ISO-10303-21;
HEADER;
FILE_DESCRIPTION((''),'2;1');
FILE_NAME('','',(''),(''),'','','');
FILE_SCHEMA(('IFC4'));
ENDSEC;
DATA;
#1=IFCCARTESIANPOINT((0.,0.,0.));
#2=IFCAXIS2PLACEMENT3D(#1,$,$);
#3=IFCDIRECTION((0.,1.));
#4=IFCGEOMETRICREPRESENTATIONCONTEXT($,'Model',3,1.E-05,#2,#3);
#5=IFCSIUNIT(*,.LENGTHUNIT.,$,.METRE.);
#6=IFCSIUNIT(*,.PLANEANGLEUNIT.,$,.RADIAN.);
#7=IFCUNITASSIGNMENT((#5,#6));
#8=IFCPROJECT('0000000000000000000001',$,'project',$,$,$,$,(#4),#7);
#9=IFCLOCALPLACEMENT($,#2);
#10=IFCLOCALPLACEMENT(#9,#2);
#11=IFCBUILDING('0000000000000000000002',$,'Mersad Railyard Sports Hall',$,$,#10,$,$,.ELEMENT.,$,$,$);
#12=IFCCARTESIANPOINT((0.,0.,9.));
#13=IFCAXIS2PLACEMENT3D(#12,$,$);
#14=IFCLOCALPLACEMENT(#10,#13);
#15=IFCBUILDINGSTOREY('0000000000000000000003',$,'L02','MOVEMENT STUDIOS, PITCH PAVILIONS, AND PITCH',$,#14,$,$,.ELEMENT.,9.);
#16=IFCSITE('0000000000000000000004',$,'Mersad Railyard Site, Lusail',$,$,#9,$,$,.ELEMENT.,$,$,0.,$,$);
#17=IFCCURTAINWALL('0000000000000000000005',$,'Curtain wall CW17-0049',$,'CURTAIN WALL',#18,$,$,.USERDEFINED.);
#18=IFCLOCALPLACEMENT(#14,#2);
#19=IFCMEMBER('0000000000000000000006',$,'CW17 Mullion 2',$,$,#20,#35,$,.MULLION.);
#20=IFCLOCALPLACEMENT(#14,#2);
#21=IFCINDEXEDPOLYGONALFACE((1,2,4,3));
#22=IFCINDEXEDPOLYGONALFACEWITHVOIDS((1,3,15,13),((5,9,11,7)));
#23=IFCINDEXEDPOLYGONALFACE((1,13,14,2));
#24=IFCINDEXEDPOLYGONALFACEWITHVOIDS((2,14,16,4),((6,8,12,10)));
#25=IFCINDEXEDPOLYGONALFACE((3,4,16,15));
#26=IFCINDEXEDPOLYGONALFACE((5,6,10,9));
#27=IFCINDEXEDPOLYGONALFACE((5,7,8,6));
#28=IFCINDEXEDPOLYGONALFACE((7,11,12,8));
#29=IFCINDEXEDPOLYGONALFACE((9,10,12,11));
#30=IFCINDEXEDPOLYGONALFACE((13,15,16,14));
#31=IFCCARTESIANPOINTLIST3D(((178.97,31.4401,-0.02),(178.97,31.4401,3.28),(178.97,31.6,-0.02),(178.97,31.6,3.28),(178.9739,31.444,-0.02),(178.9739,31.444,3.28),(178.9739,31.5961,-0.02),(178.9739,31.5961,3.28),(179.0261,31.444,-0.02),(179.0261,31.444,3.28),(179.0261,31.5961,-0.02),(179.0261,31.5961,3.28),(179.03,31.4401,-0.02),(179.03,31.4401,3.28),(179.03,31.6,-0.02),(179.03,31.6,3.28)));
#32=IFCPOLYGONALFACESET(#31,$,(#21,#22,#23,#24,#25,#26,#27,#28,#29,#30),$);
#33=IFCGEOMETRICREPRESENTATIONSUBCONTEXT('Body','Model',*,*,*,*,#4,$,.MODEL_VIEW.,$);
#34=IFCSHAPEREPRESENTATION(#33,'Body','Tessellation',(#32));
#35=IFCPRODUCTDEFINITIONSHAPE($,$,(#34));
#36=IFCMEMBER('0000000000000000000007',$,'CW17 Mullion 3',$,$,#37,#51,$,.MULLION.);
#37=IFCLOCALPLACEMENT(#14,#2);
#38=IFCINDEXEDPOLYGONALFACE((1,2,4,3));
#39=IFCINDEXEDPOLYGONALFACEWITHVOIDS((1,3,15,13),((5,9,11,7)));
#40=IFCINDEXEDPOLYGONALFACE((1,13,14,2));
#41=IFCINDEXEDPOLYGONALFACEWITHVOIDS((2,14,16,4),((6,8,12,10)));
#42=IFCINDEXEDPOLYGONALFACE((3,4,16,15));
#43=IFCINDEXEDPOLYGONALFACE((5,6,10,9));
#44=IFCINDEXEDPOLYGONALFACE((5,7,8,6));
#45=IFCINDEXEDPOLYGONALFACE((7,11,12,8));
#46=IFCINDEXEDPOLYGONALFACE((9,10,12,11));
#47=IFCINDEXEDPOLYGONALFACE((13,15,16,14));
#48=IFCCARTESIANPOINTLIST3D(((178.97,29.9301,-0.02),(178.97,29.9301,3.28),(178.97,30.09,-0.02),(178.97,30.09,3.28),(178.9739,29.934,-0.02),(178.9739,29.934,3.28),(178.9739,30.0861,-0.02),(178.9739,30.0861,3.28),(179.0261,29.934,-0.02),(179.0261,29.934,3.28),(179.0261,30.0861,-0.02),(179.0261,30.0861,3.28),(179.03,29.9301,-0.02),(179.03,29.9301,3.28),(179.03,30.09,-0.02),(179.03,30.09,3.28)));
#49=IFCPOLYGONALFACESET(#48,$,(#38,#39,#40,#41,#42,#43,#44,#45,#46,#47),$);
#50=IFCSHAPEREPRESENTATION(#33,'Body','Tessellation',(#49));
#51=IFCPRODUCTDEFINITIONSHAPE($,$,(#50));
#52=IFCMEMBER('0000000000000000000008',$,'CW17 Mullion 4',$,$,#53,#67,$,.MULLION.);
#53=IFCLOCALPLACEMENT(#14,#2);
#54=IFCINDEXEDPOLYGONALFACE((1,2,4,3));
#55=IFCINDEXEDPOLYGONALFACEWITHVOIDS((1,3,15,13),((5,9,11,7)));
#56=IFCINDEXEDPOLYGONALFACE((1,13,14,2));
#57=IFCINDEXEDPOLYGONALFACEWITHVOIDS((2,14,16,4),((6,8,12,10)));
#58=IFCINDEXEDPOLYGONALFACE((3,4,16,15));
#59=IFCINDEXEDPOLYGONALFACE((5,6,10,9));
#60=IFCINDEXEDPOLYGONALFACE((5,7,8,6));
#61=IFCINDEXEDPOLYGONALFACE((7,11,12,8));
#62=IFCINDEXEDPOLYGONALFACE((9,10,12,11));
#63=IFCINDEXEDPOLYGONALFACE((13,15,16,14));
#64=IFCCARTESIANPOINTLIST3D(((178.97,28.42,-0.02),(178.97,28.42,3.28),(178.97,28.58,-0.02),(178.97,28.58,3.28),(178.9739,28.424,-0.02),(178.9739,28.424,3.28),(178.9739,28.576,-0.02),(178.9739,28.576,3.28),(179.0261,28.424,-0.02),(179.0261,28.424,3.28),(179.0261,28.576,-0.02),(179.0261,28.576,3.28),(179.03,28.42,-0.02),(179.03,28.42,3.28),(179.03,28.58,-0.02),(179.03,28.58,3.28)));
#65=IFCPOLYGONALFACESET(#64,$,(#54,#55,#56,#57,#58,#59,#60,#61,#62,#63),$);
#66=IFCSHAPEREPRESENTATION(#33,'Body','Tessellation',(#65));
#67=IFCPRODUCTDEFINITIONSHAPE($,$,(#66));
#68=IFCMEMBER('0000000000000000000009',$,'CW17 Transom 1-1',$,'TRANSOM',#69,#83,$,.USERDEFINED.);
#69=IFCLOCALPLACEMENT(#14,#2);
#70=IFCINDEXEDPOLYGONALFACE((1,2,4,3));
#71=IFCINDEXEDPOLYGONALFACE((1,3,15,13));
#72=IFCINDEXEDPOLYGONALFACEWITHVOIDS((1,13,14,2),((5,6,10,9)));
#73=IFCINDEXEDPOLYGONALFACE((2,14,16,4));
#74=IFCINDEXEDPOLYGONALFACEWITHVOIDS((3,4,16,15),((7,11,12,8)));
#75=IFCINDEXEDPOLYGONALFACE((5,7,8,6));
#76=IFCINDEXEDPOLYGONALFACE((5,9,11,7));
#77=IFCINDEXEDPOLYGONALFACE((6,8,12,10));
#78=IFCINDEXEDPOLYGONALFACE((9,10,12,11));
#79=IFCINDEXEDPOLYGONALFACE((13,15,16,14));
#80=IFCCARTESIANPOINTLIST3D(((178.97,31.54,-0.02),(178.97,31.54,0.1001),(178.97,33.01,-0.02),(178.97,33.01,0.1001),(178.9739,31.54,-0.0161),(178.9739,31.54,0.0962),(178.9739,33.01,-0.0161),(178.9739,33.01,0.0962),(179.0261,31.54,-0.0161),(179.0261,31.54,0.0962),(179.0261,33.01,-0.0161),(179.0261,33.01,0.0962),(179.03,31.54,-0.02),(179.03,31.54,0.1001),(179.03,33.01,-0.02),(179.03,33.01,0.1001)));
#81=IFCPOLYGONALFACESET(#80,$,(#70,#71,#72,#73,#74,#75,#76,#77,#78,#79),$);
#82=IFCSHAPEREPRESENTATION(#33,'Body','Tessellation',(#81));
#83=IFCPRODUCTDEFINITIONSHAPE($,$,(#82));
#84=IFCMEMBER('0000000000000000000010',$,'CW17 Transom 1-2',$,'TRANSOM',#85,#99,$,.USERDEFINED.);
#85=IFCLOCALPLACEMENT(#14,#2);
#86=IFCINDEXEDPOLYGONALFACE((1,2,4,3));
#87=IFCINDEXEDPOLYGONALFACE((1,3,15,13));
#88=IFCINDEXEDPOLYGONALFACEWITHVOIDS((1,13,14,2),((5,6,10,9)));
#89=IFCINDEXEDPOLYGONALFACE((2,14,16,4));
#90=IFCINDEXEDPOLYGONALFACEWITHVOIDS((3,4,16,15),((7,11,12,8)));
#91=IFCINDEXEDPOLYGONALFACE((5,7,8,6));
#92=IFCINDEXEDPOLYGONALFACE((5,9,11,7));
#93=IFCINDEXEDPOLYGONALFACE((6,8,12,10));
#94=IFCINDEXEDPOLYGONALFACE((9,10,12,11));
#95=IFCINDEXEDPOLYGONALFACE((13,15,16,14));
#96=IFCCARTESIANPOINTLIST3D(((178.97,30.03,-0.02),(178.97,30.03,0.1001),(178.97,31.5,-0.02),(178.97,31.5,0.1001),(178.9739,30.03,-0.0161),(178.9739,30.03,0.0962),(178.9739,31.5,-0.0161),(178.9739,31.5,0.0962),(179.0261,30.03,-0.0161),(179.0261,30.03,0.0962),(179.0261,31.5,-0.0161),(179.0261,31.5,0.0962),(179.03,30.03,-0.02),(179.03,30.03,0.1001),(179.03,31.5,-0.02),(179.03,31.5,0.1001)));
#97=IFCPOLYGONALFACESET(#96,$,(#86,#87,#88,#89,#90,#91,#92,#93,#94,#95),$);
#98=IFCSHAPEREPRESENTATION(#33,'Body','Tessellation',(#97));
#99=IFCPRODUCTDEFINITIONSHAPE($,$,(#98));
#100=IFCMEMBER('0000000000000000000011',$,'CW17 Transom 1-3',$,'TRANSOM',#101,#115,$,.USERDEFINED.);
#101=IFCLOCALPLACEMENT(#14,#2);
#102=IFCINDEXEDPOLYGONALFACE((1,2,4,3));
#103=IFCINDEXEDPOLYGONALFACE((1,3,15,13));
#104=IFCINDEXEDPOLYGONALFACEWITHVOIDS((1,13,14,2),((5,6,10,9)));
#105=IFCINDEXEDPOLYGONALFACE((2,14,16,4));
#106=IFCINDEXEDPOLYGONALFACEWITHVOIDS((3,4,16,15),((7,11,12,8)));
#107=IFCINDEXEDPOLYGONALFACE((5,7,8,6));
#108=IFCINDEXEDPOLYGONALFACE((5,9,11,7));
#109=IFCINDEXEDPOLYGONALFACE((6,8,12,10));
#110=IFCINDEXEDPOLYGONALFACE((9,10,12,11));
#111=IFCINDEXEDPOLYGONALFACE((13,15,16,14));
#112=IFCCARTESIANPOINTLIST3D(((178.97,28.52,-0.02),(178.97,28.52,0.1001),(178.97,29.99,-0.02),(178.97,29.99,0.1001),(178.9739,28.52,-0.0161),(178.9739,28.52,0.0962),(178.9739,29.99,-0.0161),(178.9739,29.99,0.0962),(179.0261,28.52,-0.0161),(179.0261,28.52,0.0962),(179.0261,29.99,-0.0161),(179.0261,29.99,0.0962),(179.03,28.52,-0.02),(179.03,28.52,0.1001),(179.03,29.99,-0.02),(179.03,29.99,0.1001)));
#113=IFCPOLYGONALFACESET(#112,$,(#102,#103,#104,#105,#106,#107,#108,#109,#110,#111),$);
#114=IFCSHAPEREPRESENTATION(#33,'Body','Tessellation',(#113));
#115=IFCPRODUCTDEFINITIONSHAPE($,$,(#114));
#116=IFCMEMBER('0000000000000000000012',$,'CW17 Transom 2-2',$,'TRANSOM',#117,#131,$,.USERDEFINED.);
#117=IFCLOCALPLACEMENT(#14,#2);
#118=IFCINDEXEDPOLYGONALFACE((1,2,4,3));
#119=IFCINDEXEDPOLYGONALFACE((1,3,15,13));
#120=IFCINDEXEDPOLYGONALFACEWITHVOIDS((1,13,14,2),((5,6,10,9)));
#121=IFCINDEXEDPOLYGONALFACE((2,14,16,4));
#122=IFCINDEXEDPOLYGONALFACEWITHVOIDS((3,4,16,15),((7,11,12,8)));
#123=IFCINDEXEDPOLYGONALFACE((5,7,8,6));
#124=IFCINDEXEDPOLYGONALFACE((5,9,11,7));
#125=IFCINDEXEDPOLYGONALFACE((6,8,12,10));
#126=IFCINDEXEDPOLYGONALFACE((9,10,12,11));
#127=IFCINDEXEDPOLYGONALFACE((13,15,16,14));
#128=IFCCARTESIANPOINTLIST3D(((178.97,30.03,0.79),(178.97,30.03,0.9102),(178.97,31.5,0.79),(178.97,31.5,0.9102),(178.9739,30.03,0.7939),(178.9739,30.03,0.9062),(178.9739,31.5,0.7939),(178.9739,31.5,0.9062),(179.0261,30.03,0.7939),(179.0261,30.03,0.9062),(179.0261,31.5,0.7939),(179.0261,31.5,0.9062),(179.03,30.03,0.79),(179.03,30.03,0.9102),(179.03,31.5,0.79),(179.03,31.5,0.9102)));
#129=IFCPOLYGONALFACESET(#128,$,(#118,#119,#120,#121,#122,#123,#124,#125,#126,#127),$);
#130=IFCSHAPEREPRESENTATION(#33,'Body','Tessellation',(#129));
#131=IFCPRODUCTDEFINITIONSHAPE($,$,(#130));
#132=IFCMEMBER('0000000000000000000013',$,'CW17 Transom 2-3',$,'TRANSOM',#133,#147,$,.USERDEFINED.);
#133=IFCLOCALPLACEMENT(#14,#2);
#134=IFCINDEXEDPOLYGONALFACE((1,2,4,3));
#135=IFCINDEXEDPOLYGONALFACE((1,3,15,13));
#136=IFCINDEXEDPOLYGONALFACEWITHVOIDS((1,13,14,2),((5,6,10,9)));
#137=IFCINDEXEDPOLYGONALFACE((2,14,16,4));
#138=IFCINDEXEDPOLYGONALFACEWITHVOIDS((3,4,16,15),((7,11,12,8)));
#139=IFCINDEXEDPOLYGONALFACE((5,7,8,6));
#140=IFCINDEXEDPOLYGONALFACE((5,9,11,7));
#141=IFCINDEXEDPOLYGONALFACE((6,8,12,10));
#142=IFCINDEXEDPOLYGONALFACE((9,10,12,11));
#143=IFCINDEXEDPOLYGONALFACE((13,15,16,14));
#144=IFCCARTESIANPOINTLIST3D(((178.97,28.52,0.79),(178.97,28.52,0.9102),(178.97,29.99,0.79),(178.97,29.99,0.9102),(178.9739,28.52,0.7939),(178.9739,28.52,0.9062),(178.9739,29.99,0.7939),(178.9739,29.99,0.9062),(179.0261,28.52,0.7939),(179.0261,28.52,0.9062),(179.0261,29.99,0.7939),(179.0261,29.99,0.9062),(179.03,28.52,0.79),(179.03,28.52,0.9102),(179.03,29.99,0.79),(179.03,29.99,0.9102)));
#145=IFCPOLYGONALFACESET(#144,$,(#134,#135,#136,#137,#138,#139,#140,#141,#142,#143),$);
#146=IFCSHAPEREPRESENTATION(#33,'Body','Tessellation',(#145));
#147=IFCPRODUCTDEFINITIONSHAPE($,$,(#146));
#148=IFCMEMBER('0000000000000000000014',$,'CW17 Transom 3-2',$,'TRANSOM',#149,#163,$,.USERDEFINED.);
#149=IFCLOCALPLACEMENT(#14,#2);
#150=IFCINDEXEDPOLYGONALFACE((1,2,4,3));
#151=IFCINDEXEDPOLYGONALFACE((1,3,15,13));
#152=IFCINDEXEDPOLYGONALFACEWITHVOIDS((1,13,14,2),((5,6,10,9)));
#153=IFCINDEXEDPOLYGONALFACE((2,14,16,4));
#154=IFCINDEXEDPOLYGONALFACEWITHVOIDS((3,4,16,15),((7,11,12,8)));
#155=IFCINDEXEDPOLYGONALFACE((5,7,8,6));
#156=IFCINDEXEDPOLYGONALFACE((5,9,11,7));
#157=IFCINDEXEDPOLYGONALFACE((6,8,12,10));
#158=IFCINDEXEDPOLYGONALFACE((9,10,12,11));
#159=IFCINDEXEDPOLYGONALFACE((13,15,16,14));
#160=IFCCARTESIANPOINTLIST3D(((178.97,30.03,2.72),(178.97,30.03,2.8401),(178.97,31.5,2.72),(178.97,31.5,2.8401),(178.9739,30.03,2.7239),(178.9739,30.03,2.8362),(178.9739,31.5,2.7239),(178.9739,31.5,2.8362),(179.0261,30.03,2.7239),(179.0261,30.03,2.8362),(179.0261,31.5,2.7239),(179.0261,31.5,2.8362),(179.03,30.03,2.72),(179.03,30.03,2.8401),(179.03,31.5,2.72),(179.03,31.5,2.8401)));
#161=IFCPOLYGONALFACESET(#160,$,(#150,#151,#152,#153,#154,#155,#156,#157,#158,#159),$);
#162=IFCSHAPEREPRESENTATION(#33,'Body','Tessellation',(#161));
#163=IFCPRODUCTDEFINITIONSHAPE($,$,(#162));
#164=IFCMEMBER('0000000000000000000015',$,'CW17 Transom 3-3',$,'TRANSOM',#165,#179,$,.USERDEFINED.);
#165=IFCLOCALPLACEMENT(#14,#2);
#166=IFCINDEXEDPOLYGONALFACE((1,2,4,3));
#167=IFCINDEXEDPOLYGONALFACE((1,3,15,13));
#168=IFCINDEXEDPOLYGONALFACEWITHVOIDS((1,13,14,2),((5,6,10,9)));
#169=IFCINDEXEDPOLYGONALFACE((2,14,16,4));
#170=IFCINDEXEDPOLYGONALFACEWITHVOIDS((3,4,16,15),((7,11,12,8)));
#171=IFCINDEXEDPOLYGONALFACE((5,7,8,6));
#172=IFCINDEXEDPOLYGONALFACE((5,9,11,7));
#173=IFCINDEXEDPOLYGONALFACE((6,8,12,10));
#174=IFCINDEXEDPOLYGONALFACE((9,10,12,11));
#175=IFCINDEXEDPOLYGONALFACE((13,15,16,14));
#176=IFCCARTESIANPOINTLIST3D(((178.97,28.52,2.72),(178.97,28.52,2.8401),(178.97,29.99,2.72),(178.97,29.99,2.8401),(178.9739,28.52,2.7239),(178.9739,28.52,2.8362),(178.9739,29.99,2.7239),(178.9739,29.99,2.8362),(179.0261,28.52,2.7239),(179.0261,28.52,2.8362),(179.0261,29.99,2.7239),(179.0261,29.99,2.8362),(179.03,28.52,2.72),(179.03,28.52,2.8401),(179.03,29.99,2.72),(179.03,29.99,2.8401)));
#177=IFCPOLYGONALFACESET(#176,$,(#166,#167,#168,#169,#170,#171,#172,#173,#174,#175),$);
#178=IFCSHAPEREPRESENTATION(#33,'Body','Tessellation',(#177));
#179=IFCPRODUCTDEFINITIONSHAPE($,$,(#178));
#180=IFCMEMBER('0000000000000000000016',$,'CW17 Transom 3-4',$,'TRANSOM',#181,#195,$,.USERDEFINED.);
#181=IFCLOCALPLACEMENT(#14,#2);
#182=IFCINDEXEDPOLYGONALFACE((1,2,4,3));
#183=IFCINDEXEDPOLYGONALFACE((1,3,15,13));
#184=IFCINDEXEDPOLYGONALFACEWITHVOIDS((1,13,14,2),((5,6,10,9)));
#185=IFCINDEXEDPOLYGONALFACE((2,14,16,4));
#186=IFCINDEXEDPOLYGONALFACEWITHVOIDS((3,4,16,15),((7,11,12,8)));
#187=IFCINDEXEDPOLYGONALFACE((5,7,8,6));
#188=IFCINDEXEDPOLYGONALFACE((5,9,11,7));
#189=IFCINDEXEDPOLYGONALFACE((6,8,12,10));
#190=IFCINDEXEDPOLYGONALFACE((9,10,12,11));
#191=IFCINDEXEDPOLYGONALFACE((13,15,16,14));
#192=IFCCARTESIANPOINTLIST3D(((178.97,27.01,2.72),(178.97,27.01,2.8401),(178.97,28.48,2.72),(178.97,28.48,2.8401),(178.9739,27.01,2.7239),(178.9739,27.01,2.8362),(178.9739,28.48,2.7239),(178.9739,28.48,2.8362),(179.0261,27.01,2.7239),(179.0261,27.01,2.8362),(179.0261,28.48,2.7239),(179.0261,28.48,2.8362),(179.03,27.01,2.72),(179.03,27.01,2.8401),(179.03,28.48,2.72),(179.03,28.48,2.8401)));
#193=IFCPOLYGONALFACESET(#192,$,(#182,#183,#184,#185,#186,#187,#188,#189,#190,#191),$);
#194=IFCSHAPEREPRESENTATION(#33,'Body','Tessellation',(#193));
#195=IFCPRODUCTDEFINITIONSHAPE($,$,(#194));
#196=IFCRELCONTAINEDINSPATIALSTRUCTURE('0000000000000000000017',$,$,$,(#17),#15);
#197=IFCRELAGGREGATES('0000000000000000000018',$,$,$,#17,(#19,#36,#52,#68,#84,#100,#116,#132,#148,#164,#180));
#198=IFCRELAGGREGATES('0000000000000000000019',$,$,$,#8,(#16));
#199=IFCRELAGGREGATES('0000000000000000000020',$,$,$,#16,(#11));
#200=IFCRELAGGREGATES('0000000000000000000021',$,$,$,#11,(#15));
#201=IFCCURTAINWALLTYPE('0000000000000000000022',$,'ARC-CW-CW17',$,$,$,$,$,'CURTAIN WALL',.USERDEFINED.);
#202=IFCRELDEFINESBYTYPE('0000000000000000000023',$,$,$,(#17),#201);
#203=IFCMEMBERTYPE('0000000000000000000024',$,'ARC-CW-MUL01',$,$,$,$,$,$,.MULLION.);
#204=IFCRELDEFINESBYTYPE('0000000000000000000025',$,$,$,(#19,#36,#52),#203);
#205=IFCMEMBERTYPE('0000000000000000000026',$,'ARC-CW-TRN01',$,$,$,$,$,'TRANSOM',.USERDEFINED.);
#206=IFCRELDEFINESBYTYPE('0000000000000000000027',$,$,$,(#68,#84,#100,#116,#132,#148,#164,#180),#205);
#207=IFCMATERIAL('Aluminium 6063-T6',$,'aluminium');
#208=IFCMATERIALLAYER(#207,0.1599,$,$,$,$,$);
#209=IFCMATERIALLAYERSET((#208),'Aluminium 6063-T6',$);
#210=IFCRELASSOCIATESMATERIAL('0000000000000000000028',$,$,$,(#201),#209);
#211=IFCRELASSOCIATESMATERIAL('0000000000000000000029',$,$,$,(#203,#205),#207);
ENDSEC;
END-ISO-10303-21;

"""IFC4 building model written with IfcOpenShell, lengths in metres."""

from ifc_helpers import new_model, si_unit, direction, frame, origin, origin_2d, place, context, subcontext, project, spatial, hollow_rectangle, extrude, material, layer, layer_set, material_profile, profile_set, type_object, element, aggregate, save


model = new_model("IFC4")

# Units and contexts
model_context = context("Model", 3, precision=1e-05, world=origin(), true_north=direction((0.0, 1.0)))
body_context = subcontext(model_context, "Body", "Model", "MODEL_VIEW")
ifc_project = project(units=[si_unit("LENGTHUNIT", "METRE"), si_unit("PLANEANGLEUNIT", "RADIAN")], contexts=[model_context])

# Site, building, storey
site_placement = place(None, origin())
site = spatial("IfcSite", under=ifc_project, at=site_placement, Name="Mersad Railyard Site, Lusail", CompositionType="ELEMENT", RefElevation=0.0)
building_placement = place(site_placement, origin())
building = spatial("IfcBuilding", under=site, at=building_placement, Name="Mersad Railyard Sports Hall", CompositionType="ELEMENT")
storey_placement = place(building_placement, frame((0.0, 0.0, 9.0)))
storey = spatial("IfcBuildingStorey", under=building, at=storey_placement, Name="L02", Description="MOVEMENT STUDIOS, PITCH PAVILIONS, AND PITCH", CompositionType="ELEMENT", Elevation=9.0)

# Curtain wall, members
ifc_material_1 = material(Name="Aluminium 6063-T6", Category="aluminium")
ifc_layer_1 = layer(ifc_material_1, 0.1599)
ifc_layer_set_1 = layer_set([ifc_layer_1], Name="Aluminium 6063-T6")
curtain_wall_type = type_object("IfcCurtainWallType", Name="ARC-CW-CW17", ElementType="CURTAIN WALL", PredefinedType="USERDEFINED", material=ifc_layer_set_1)
curtain_wall_placement = place(storey_placement, origin())
curtain_wall = element("IfcCurtainWall", 1, at=curtain_wall_placement, inside=storey, type_object=curtain_wall_type, Name="Curtain wall CW17-0049", ObjectType="CURTAIN WALL", PredefinedType="USERDEFINED")
ifc_material_profile_1 = material_profile(ifc_material_1, hollow_rectangle(XDim=0.0601, YDim=0.1599, WallThickness=0.0039, at=origin_2d()), Name="AL MULLION 60x160x4")
ifc_profile_set_1 = profile_set([ifc_material_profile_1], Name="Aluminium 6063-T6")
member_type_1 = type_object("IfcMemberType", Name="ARC-CW-MUL01", PredefinedType="MULLION", material=ifc_profile_set_1)
member_1_placement = place(storey_placement, frame((179.0, 31.52, -0.02), z_axis=(0.0, 0.0, 1.0), x_axis=(1.0, 0.0, 0.0)))
member_1 = element("IfcMember", 2, at=member_1_placement, type_object=member_type_1, Name="CW17 Mullion 2", PredefinedType="MULLION", context=body_context, shape_type="SweptSolid", body=[
    extrude(hollow_rectangle(XDim=0.0601, YDim=0.1599, WallThickness=0.0039, at=origin_2d()), origin(), (0.0, 0.0, 1.0), 3.3),
])
member_2_placement = place(storey_placement, frame((179.0, 30.01, -0.02), z_axis=(0.0, 0.0, 1.0), x_axis=(1.0, 0.0, 0.0)))
member_2 = element("IfcMember", 3, at=member_2_placement, type_object=member_type_1, Name="CW17 Mullion 3", PredefinedType="MULLION", context=body_context, shape_type="SweptSolid", body=[
    extrude(hollow_rectangle(XDim=0.0601, YDim=0.1599, WallThickness=0.0039, at=origin_2d()), origin(), (0.0, 0.0, 1.0), 3.3),
])
member_3_placement = place(storey_placement, frame((179.0, 28.5, -0.02), z_axis=(0.0, 0.0, 1.0), x_axis=(1.0, 0.0, 0.0)))
member_3 = element("IfcMember", 4, at=member_3_placement, type_object=member_type_1, Name="CW17 Mullion 4", PredefinedType="MULLION", context=body_context, shape_type="SweptSolid", body=[
    extrude(hollow_rectangle(XDim=0.0601, YDim=0.1599, WallThickness=0.0039, at=origin_2d()), origin(), (0.0, 0.0, 1.0), 3.3),
])
ifc_material_profile_2 = material_profile(ifc_material_1, hollow_rectangle(XDim=0.0601, YDim=0.1201, WallThickness=0.0039, at=origin_2d()), Name="AL TRANSOM 60x120x4")
ifc_profile_set_2 = profile_set([ifc_material_profile_2], Name="Aluminium 6063-T6")
member_type_2 = type_object("IfcMemberType", Name="ARC-CW-TRN01", ElementType="TRANSOM", PredefinedType="USERDEFINED", material=ifc_profile_set_2)
member_4_placement = place(storey_placement, frame((179.0, 33.01, 0.04), z_axis=(0.0, -1.0, 0.0), x_axis=(1.0, 0.0, 0.0)))
member_4 = element("IfcMember", 5, at=member_4_placement, type_object=member_type_2, Name="CW17 Transom 1-1", ObjectType="TRANSOM", PredefinedType="USERDEFINED", context=body_context, shape_type="SweptSolid", body=[
    extrude(hollow_rectangle(XDim=0.0601, YDim=0.1201, WallThickness=0.0039, at=origin_2d()), origin(), (0.0, 0.0, 1.0), 1.47),
])
member_5_placement = place(storey_placement, frame((179.0, 31.5, 0.04), z_axis=(0.0, -1.0, 0.0), x_axis=(1.0, 0.0, 0.0)))
member_5 = element("IfcMember", 6, at=member_5_placement, type_object=member_type_2, Name="CW17 Transom 1-2", ObjectType="TRANSOM", PredefinedType="USERDEFINED", context=body_context, shape_type="SweptSolid", body=[
    extrude(hollow_rectangle(XDim=0.0601, YDim=0.1201, WallThickness=0.0039, at=origin_2d()), origin(), (0.0, 0.0, 1.0), 1.47),
])
member_6_placement = place(storey_placement, frame((179.0, 29.99, 0.04), z_axis=(0.0, -1.0, 0.0), x_axis=(1.0, 0.0, 0.0)))
member_6 = element("IfcMember", 7, at=member_6_placement, type_object=member_type_2, Name="CW17 Transom 1-3", ObjectType="TRANSOM", PredefinedType="USERDEFINED", context=body_context, shape_type="SweptSolid", body=[
    extrude(hollow_rectangle(XDim=0.0601, YDim=0.1201, WallThickness=0.0039, at=origin_2d()), origin(), (0.0, 0.0, 1.0), 1.47),
])
member_7_placement = place(storey_placement, frame((179.0, 31.5, 0.8501), z_axis=(0.0, -1.0, 0.0), x_axis=(1.0, 0.0, 0.0)))
member_7 = element("IfcMember", 8, at=member_7_placement, type_object=member_type_2, Name="CW17 Transom 2-2", ObjectType="TRANSOM", PredefinedType="USERDEFINED", context=body_context, shape_type="SweptSolid", body=[
    extrude(hollow_rectangle(XDim=0.0601, YDim=0.1201, WallThickness=0.0039, at=origin_2d()), origin(), (0.0, 0.0, 1.0), 1.47),
])
member_8_placement = place(storey_placement, frame((179.0, 29.99, 0.8501), z_axis=(0.0, -1.0, 0.0), x_axis=(1.0, 0.0, 0.0)))
member_8 = element("IfcMember", 9, at=member_8_placement, type_object=member_type_2, Name="CW17 Transom 2-3", ObjectType="TRANSOM", PredefinedType="USERDEFINED", context=body_context, shape_type="SweptSolid", body=[
    extrude(hollow_rectangle(XDim=0.0601, YDim=0.1201, WallThickness=0.0039, at=origin_2d()), origin(), (0.0, 0.0, 1.0), 1.47),
])
member_9_placement = place(storey_placement, frame((179.0, 31.5, 2.78), z_axis=(0.0, -1.0, 0.0), x_axis=(1.0, 0.0, 0.0)))
member_9 = element("IfcMember", 10, at=member_9_placement, type_object=member_type_2, Name="CW17 Transom 3-2", ObjectType="TRANSOM", PredefinedType="USERDEFINED", context=body_context, shape_type="SweptSolid", body=[
    extrude(hollow_rectangle(XDim=0.0601, YDim=0.1201, WallThickness=0.0039, at=origin_2d()), origin(), (0.0, 0.0, 1.0), 1.47),
])
member_10_placement = place(storey_placement, frame((179.0, 29.99, 2.78), z_axis=(0.0, -1.0, 0.0), x_axis=(1.0, 0.0, 0.0)))
member_10 = element("IfcMember", 11, at=member_10_placement, type_object=member_type_2, Name="CW17 Transom 3-3", ObjectType="TRANSOM", PredefinedType="USERDEFINED", context=body_context, shape_type="SweptSolid", body=[
    extrude(hollow_rectangle(XDim=0.0601, YDim=0.1201, WallThickness=0.0039, at=origin_2d()), origin(), (0.0, 0.0, 1.0), 1.47),
])
member_11_placement = place(storey_placement, frame((179.0, 28.48, 2.78), z_axis=(0.0, -1.0, 0.0), x_axis=(1.0, 0.0, 0.0)))
member_11 = element("IfcMember", 12, at=member_11_placement, type_object=member_type_2, Name="CW17 Transom 3-4", ObjectType="TRANSOM", PredefinedType="USERDEFINED", context=body_context, shape_type="SweptSolid", body=[
    extrude(hollow_rectangle(XDim=0.0601, YDim=0.1201, WallThickness=0.0039, at=origin_2d()), origin(), (0.0, 0.0, 1.0), 1.47),
])
aggregate(curtain_wall, [member_1, member_2, member_3, member_4, member_5, member_6, member_7, member_8, member_9, member_10, member_11])

save(model, "model.ifc")
